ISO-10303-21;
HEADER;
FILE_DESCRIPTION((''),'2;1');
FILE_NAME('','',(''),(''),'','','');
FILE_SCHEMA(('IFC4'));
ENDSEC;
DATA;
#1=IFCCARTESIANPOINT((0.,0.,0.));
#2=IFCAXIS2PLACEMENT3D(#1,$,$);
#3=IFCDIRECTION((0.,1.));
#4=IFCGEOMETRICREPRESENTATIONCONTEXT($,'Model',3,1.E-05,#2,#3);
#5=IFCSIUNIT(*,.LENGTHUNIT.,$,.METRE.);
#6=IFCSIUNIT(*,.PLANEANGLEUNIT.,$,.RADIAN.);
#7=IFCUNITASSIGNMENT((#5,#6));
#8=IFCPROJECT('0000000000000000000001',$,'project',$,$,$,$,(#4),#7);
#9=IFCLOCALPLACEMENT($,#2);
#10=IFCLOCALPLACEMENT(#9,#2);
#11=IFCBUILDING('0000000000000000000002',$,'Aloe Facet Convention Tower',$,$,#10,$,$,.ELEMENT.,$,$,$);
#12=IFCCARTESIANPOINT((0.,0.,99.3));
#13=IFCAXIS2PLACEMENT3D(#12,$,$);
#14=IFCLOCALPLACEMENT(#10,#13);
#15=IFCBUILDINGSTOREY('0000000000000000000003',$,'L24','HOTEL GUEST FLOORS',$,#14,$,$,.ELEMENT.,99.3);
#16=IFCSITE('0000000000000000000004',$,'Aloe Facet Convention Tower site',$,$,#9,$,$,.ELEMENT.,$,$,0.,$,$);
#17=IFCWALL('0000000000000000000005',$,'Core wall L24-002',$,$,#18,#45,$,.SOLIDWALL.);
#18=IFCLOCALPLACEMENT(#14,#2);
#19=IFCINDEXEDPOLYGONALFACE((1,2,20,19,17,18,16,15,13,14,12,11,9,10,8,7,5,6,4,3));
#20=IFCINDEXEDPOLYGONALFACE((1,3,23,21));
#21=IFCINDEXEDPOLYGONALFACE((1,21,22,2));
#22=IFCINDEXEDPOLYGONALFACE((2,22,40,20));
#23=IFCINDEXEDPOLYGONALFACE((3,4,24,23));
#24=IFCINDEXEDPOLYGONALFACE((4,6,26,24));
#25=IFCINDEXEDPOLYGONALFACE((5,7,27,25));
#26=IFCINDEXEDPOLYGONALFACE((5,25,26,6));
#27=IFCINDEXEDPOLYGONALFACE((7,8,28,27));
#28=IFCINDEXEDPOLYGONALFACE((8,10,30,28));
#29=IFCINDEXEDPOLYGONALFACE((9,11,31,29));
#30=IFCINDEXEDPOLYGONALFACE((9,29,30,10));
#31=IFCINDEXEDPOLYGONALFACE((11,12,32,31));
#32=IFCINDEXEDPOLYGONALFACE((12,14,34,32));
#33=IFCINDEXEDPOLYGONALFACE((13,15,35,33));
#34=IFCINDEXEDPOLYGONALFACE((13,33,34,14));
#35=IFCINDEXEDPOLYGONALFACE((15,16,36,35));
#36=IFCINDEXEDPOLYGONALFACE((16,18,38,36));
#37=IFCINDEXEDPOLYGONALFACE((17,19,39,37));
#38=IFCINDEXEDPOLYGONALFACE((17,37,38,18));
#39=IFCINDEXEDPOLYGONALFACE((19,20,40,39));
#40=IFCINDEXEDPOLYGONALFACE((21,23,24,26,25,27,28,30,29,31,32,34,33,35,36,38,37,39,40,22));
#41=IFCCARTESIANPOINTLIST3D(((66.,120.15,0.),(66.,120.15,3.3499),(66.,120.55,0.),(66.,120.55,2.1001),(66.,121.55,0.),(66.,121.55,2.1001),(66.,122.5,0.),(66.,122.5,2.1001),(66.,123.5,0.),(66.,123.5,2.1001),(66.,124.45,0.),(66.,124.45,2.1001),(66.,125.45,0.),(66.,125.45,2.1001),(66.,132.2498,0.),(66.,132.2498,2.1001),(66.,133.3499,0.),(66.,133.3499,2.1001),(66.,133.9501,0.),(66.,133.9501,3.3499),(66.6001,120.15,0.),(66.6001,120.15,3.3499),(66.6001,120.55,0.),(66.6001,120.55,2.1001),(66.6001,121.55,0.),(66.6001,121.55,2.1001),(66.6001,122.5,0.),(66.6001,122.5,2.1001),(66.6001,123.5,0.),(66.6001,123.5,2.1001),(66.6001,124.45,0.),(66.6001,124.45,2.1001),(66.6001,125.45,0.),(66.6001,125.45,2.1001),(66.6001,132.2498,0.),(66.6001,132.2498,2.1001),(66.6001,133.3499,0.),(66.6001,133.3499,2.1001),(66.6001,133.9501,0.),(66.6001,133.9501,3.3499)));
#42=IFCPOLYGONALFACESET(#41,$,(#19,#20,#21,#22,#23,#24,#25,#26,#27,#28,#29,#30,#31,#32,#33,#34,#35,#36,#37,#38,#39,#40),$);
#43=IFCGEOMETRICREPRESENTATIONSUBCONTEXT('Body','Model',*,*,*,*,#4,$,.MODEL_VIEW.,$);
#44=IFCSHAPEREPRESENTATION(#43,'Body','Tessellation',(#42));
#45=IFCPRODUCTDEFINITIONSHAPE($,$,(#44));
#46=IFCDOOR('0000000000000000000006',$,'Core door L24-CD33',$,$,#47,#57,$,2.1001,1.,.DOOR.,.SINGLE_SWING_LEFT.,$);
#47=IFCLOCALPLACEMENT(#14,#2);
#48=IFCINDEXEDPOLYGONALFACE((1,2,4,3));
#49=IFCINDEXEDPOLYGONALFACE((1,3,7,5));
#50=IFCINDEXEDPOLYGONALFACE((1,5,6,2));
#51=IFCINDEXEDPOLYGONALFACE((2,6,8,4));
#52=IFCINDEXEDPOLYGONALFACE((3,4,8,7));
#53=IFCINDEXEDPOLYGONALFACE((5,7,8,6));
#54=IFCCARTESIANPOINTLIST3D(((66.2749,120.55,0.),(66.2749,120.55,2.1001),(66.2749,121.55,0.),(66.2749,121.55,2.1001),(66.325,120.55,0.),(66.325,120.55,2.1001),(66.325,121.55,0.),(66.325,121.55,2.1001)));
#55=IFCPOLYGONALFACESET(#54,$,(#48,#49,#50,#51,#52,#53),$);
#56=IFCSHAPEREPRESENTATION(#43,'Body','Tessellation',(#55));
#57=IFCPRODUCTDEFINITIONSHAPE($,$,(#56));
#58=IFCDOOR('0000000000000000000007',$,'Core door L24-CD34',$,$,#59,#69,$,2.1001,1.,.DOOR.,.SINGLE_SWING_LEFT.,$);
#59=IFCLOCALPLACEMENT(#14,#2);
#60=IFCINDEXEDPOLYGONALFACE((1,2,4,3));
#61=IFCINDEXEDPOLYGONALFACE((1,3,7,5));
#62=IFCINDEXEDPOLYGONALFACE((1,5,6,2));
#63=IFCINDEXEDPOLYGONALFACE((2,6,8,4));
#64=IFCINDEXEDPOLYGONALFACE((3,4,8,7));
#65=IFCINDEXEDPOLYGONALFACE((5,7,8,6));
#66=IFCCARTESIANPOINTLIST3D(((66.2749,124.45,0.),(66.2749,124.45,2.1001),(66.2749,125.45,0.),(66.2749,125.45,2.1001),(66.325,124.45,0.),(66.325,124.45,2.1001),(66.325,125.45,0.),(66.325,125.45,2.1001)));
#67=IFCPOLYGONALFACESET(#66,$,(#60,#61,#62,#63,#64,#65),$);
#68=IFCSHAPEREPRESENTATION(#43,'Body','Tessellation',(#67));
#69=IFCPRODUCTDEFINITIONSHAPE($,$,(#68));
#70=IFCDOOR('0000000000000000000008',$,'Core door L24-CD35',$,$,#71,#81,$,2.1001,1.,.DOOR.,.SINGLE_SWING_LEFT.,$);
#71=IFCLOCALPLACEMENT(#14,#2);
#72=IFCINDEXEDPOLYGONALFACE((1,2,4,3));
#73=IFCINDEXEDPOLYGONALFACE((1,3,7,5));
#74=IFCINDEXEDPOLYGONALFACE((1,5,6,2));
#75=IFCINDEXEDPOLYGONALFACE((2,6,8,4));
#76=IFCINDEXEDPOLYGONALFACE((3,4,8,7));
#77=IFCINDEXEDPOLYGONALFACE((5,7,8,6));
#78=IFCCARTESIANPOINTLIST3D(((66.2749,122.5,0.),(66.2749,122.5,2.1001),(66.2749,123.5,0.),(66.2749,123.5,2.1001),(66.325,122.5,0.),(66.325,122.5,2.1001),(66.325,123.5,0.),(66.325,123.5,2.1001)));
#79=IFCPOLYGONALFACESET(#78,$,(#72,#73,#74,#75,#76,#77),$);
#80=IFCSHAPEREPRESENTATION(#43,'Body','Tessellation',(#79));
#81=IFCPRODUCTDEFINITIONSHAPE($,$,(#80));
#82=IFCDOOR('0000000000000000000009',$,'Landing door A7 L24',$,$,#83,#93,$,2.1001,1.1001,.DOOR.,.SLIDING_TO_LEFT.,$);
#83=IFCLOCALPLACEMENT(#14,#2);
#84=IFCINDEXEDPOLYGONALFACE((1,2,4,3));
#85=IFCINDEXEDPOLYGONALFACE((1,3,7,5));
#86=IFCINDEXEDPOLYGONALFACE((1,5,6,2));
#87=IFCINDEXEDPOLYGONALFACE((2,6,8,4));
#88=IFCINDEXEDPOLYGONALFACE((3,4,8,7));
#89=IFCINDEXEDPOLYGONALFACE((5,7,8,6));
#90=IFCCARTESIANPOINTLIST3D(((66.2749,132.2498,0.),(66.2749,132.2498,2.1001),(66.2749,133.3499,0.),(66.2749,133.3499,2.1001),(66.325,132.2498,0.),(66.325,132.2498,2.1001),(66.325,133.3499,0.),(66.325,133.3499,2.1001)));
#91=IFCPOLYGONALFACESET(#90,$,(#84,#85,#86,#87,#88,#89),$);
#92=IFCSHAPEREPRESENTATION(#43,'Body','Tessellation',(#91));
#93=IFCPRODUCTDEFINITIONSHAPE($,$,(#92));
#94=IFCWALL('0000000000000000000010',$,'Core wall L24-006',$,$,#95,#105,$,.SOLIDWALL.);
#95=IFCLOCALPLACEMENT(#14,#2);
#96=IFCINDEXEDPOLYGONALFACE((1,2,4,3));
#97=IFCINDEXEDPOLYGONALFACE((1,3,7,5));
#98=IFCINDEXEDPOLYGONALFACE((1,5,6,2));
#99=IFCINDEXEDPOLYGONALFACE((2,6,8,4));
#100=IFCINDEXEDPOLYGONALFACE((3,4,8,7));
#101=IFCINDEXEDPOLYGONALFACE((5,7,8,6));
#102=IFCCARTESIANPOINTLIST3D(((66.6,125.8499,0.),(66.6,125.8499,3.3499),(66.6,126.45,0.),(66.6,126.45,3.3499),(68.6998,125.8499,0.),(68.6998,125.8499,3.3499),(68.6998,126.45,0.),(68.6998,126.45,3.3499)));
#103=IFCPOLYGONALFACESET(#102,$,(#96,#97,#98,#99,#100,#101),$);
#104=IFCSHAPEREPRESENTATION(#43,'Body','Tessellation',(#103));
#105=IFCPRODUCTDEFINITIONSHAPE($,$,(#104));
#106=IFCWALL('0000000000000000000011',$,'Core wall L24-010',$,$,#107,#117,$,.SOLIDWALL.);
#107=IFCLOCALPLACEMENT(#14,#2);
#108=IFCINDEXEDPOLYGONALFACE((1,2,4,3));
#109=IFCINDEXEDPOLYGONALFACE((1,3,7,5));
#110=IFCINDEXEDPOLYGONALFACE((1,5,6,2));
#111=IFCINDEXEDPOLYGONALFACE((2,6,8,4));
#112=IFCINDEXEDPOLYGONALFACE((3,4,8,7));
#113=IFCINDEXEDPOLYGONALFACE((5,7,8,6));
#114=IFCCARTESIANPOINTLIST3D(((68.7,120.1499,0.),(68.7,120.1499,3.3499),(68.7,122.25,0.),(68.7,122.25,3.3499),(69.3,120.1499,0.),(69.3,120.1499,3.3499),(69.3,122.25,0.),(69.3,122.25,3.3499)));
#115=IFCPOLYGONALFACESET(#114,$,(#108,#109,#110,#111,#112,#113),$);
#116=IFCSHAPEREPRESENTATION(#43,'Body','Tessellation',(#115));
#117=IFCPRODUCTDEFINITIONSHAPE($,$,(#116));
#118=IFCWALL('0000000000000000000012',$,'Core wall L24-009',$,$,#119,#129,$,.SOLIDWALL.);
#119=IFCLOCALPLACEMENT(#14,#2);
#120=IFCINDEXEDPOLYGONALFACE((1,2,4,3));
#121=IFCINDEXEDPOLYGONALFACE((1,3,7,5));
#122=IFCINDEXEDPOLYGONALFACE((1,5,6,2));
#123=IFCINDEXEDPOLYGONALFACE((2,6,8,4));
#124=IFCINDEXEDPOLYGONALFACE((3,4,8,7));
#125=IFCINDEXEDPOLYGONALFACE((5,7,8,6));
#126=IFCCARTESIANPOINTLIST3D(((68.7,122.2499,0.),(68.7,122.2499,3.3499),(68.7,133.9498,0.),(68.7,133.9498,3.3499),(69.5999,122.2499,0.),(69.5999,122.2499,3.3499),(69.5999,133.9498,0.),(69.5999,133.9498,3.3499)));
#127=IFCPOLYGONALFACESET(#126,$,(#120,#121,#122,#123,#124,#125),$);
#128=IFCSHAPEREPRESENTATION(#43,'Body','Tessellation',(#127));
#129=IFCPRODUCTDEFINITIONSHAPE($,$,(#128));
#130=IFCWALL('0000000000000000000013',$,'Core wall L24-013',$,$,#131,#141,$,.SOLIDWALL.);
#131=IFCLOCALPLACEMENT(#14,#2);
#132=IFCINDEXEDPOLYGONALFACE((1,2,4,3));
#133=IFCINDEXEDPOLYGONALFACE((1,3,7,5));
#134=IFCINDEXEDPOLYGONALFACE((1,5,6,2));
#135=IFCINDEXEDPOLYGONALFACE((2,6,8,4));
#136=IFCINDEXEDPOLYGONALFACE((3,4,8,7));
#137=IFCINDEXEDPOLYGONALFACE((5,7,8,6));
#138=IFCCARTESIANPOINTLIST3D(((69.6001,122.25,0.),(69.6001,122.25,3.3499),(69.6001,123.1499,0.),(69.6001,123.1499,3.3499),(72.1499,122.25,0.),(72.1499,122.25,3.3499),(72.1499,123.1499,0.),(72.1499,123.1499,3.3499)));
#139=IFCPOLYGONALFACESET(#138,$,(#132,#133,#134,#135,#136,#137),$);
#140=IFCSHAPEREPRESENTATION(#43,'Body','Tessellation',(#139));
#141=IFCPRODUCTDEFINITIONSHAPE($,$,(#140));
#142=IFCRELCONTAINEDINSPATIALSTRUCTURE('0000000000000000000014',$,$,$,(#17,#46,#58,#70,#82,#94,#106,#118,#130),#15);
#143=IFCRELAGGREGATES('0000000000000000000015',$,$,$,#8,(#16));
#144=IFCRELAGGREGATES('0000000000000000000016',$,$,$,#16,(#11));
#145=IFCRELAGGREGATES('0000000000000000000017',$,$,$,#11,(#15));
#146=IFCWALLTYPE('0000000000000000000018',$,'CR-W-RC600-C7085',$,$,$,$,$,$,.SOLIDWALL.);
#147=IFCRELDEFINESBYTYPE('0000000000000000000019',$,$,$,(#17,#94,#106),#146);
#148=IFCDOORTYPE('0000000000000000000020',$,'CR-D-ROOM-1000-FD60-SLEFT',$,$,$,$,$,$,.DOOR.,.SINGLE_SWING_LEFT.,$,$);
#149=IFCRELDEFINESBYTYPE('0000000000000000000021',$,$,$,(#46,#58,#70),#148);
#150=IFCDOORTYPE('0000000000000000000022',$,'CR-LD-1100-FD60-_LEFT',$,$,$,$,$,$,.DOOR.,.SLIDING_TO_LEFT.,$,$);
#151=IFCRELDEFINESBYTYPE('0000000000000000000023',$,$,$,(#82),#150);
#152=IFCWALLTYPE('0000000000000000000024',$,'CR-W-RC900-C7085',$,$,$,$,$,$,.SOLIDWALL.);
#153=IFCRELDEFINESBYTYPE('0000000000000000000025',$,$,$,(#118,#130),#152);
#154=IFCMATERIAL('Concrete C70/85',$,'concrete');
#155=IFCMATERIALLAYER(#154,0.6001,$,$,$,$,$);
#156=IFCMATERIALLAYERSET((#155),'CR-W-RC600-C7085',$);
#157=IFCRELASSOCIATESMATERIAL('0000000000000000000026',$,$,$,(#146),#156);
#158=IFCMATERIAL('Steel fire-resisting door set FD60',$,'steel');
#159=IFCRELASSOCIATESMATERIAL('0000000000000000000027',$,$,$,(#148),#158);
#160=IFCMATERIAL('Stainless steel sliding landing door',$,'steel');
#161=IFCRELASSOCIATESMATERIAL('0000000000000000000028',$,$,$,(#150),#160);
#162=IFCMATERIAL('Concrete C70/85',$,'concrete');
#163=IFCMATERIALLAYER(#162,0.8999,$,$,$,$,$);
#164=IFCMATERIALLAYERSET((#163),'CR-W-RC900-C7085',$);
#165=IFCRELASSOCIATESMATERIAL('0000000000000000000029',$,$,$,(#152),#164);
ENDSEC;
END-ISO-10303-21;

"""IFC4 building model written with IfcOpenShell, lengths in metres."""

from ifc_helpers import new_model, si_unit, direction, frame, frame_2d, origin, place, context, subcontext, project, spatial, rectangle, extrude, material, layer, layer_set, type_object, element, fill, save


model = new_model("IFC4")

# Units and contexts
model_context = context("Model", 3, precision=1e-05, world=origin(), true_north=direction((0.0, 1.0)))
body_context = subcontext(model_context, "Body", "Model", "MODEL_VIEW")
ifc_project = project(units=[si_unit("LENGTHUNIT", "METRE"), si_unit("PLANEANGLEUNIT", "RADIAN")], contexts=[model_context])

# Site, building, storey
site_placement = place(None, origin())
site = spatial("IfcSite", under=ifc_project, at=site_placement, Name="Aloe Facet Convention Tower site", CompositionType="ELEMENT", RefElevation=0.0)
building_placement = place(site_placement, origin())
building = spatial("IfcBuilding", under=site, at=building_placement, Name="Aloe Facet Convention Tower", CompositionType="ELEMENT")
storey_placement = place(building_placement, frame((0.0, 0.0, 99.3)))
storey = spatial("IfcBuildingStorey", under=building, at=storey_placement, Name="L24", Description="HOTEL GUEST FLOORS", CompositionType="ELEMENT", Elevation=99.3)

# Shared definitions
ifc_material_1 = material(Name="Concrete C70/85", Category="concrete")
ifc_layer_1 = layer(ifc_material_1, 0.6001)
ifc_layer_set_1 = layer_set([ifc_layer_1], Name="CR-W-RC600-C7085")
wall_type_1 = type_object("IfcWallType", Name="CR-W-RC600-C7085", PredefinedType="SOLIDWALL", material=ifc_layer_set_1)

# Wall, openings, doors
wall_1_placement = place(storey_placement, frame((66.3, 133.95, 0.0), z_axis=(0.0, 0.0, 1.0), x_axis=(0.0, -1.0, 0.0)))
wall_1 = element("IfcWall", 1, at=wall_1_placement, inside=storey, type_object=wall_type_1, Name="Core wall L24-002", PredefinedType="SOLIDWALL", context=body_context, shape_type="SweptSolid", body=[
    extrude(rectangle(XDim=13.8, YDim=0.6001, at=frame_2d((6.8999, 0.0))), origin(), (0.0, 0.0, 1.0), 3.3499),
])
opening_1_placement = place(wall_1_placement, frame((0.6001, 0.0, 0.0)))
opening_1 = element("IfcOpeningElement", 2, at=opening_1_placement, cuts=wall_1, PredefinedType="OPENING", context=body_context, shape_type="SweptSolid", body=[
    extrude(rectangle(XDim=1.1001, YDim=2.1001, at=frame_2d((0.55, 1.05))), frame((0.0, 0.3101, 0.0), z_axis=(0.0, -1.0, 0.0), x_axis=(1.0, 0.0, 0.0)), (0.0, 0.0, 1.0), 0.6201),
])
opening_2_placement = place(wall_1_placement, frame((12.3999, 0.0, 0.0)))
opening_2 = element("IfcOpeningElement", 3, at=opening_2_placement, cuts=wall_1, PredefinedType="OPENING", context=body_context, shape_type="SweptSolid", body=[
    extrude(rectangle(XDim=1.0, YDim=2.1001, at=frame_2d((0.5, 1.05))), frame((0.0, 0.3101, 0.0), z_axis=(0.0, -1.0, 0.0), x_axis=(1.0, 0.0, 0.0)), (0.0, 0.0, 1.0), 0.6201),
])
opening_3_placement = place(wall_1_placement, frame((8.5, 0.0, 0.0)))
opening_3 = element("IfcOpeningElement", 4, at=opening_3_placement, cuts=wall_1, PredefinedType="OPENING", context=body_context, shape_type="SweptSolid", body=[
    extrude(rectangle(XDim=1.0, YDim=2.1001, at=frame_2d((0.5, 1.05))), frame((0.0, 0.3101, 0.0), z_axis=(0.0, -1.0, 0.0), x_axis=(1.0, 0.0, 0.0)), (0.0, 0.0, 1.0), 0.6201),
])
opening_4_placement = place(wall_1_placement, frame((10.45, 0.0, 0.0)))
opening_4 = element("IfcOpeningElement", 5, at=opening_4_placement, cuts=wall_1, PredefinedType="OPENING", context=body_context, shape_type="SweptSolid", body=[
    extrude(rectangle(XDim=1.0, YDim=2.1001, at=frame_2d((0.5, 1.05))), frame((0.0, 0.3101, 0.0), z_axis=(0.0, -1.0, 0.0), x_axis=(1.0, 0.0, 0.0)), (0.0, 0.0, 1.0), 0.6201),
])
ifc_material_2 = material(Name="Steel fire-resisting door set FD60", Category="steel")
door_type_1 = type_object("IfcDoorType", Name="CR-D-ROOM-1000-FD60-SLEFT", OperationType="SINGLE_SWING_LEFT", PredefinedType="DOOR", material=ifc_material_2)
door_1_placement = place(opening_2_placement, origin())
door_1 = element("IfcDoor", 6, at=door_1_placement, inside=storey, type_object=door_type_1, Name="Core door L24-CD33", OperationType="SINGLE_SWING_LEFT", OverallHeight=2.1001, OverallWidth=1.0, PredefinedType="DOOR", context=body_context, shape_type="SweptSolid", body=[
    extrude(rectangle(XDim=1.0, YDim=2.1001, at=frame_2d((0.5, 1.05))), frame((0.0, 0.0249, 0.0), z_axis=(0.0, -1.0, 0.0), x_axis=(1.0, 0.0, 0.0)), (0.0, 0.0, 1.0), 0.05),
])
fill(opening_2, door_1)
door_2_placement = place(opening_3_placement, origin())
door_2 = element("IfcDoor", 7, at=door_2_placement, inside=storey, type_object=door_type_1, Name="Core door L24-CD34", OperationType="SINGLE_SWING_LEFT", OverallHeight=2.1001, OverallWidth=1.0, PredefinedType="DOOR", context=body_context, shape_type="SweptSolid", body=[
    extrude(rectangle(XDim=1.0, YDim=2.1001, at=frame_2d((0.5, 1.05))), frame((0.0, 0.0249, 0.0), z_axis=(0.0, -1.0, 0.0), x_axis=(1.0, 0.0, 0.0)), (0.0, 0.0, 1.0), 0.05),
])
fill(opening_3, door_2)
door_3_placement = place(opening_4_placement, origin())
door_3 = element("IfcDoor", 8, at=door_3_placement, inside=storey, type_object=door_type_1, Name="Core door L24-CD35", OperationType="SINGLE_SWING_LEFT", OverallHeight=2.1001, OverallWidth=1.0, PredefinedType="DOOR", context=body_context, shape_type="SweptSolid", body=[
    extrude(rectangle(XDim=1.0, YDim=2.1001, at=frame_2d((0.5, 1.05))), frame((0.0, 0.0249, 0.0), z_axis=(0.0, -1.0, 0.0), x_axis=(1.0, 0.0, 0.0)), (0.0, 0.0, 1.0), 0.05),
])
fill(opening_4, door_3)
ifc_material_3 = material(Name="Stainless steel sliding landing door", Category="steel")
door_type_2 = type_object("IfcDoorType", Name="CR-LD-1100-FD60-_LEFT", OperationType="SLIDING_TO_LEFT", PredefinedType="DOOR", material=ifc_material_3)
door_4_placement = place(opening_1_placement, origin())
door_4 = element("IfcDoor", 9, at=door_4_placement, inside=storey, type_object=door_type_2, Name="Landing door A7 L24", OperationType="SLIDING_TO_LEFT", OverallHeight=2.1001, OverallWidth=1.1001, PredefinedType="DOOR", context=body_context, shape_type="SweptSolid", body=[
    extrude(rectangle(XDim=1.1001, YDim=2.1001, at=frame_2d((0.55, 1.05))), frame((0.0, 0.0249, 0.0), z_axis=(0.0, -1.0, 0.0), x_axis=(1.0, 0.0, 0.0)), (0.0, 0.0, 1.0), 0.05),
])
fill(opening_1, door_4)

# Walls
wall_2_placement = place(storey_placement, frame((66.6001, 126.1499, 0.0), z_axis=(0.0, 0.0, 1.0), x_axis=(1.0, 0.0, 0.0)))
element("IfcWall", 10, at=wall_2_placement, inside=storey, type_object=wall_type_1, Name="Core wall L24-006", PredefinedType="SOLIDWALL", context=body_context, shape_type="SweptSolid", body=[
    extrude(rectangle(XDim=2.0999, YDim=0.6001, at=frame_2d((1.0498, 0.0))), origin(), (0.0, 0.0, 1.0), 3.3499),
])
wall_3_placement = place(storey_placement, frame((69.0, 122.25, 0.0), z_axis=(0.0, 0.0, 1.0), x_axis=(0.0, -1.0, 0.0)))
element("IfcWall", 11, at=wall_3_placement, inside=storey, type_object=wall_type_1, Name="Core wall L24-010", PredefinedType="SOLIDWALL", context=body_context, shape_type="SweptSolid", body=[
    extrude(rectangle(XDim=2.1001, YDim=0.6001, at=frame_2d((1.05, 0.0))), origin(), (0.0, 0.0, 1.0), 3.3499),
])
ifc_material_4 = material(Name="Concrete C70/85", Category="concrete")
ifc_layer_2 = layer(ifc_material_4, 0.8999)
ifc_layer_set_2 = layer_set([ifc_layer_2], Name="CR-W-RC900-C7085")
wall_type_2 = type_object("IfcWallType", Name="CR-W-RC900-C7085", PredefinedType="SOLIDWALL", material=ifc_layer_set_2)
wall_4_placement = place(storey_placement, frame((69.1499, 133.95, 0.0), z_axis=(0.0, 0.0, 1.0), x_axis=(0.0, -1.0, 0.0)))
element("IfcWall", 12, at=wall_4_placement, inside=storey, type_object=wall_type_2, Name="Core wall L24-009", PredefinedType="SOLIDWALL", context=body_context, shape_type="SweptSolid", body=[
    extrude(rectangle(XDim=11.7, YDim=0.8999, at=frame_2d((5.8501, 0.0))), origin(), (0.0, 0.0, 1.0), 3.3499),
])
wall_5_placement = place(storey_placement, frame((69.6001, 122.7, 0.0), z_axis=(0.0, 0.0, 1.0), x_axis=(1.0, 0.0, 0.0)))
element("IfcWall", 13, at=wall_5_placement, inside=storey, type_object=wall_type_2, Name="Core wall L24-013", PredefinedType="SOLIDWALL", context=body_context, shape_type="SweptSolid", body=[
    extrude(rectangle(XDim=2.5498, YDim=0.8999, at=frame_2d((1.2749, 0.0))), origin(), (0.0, 0.0, 1.0), 3.3499),
])

save(model, "model.ifc")
